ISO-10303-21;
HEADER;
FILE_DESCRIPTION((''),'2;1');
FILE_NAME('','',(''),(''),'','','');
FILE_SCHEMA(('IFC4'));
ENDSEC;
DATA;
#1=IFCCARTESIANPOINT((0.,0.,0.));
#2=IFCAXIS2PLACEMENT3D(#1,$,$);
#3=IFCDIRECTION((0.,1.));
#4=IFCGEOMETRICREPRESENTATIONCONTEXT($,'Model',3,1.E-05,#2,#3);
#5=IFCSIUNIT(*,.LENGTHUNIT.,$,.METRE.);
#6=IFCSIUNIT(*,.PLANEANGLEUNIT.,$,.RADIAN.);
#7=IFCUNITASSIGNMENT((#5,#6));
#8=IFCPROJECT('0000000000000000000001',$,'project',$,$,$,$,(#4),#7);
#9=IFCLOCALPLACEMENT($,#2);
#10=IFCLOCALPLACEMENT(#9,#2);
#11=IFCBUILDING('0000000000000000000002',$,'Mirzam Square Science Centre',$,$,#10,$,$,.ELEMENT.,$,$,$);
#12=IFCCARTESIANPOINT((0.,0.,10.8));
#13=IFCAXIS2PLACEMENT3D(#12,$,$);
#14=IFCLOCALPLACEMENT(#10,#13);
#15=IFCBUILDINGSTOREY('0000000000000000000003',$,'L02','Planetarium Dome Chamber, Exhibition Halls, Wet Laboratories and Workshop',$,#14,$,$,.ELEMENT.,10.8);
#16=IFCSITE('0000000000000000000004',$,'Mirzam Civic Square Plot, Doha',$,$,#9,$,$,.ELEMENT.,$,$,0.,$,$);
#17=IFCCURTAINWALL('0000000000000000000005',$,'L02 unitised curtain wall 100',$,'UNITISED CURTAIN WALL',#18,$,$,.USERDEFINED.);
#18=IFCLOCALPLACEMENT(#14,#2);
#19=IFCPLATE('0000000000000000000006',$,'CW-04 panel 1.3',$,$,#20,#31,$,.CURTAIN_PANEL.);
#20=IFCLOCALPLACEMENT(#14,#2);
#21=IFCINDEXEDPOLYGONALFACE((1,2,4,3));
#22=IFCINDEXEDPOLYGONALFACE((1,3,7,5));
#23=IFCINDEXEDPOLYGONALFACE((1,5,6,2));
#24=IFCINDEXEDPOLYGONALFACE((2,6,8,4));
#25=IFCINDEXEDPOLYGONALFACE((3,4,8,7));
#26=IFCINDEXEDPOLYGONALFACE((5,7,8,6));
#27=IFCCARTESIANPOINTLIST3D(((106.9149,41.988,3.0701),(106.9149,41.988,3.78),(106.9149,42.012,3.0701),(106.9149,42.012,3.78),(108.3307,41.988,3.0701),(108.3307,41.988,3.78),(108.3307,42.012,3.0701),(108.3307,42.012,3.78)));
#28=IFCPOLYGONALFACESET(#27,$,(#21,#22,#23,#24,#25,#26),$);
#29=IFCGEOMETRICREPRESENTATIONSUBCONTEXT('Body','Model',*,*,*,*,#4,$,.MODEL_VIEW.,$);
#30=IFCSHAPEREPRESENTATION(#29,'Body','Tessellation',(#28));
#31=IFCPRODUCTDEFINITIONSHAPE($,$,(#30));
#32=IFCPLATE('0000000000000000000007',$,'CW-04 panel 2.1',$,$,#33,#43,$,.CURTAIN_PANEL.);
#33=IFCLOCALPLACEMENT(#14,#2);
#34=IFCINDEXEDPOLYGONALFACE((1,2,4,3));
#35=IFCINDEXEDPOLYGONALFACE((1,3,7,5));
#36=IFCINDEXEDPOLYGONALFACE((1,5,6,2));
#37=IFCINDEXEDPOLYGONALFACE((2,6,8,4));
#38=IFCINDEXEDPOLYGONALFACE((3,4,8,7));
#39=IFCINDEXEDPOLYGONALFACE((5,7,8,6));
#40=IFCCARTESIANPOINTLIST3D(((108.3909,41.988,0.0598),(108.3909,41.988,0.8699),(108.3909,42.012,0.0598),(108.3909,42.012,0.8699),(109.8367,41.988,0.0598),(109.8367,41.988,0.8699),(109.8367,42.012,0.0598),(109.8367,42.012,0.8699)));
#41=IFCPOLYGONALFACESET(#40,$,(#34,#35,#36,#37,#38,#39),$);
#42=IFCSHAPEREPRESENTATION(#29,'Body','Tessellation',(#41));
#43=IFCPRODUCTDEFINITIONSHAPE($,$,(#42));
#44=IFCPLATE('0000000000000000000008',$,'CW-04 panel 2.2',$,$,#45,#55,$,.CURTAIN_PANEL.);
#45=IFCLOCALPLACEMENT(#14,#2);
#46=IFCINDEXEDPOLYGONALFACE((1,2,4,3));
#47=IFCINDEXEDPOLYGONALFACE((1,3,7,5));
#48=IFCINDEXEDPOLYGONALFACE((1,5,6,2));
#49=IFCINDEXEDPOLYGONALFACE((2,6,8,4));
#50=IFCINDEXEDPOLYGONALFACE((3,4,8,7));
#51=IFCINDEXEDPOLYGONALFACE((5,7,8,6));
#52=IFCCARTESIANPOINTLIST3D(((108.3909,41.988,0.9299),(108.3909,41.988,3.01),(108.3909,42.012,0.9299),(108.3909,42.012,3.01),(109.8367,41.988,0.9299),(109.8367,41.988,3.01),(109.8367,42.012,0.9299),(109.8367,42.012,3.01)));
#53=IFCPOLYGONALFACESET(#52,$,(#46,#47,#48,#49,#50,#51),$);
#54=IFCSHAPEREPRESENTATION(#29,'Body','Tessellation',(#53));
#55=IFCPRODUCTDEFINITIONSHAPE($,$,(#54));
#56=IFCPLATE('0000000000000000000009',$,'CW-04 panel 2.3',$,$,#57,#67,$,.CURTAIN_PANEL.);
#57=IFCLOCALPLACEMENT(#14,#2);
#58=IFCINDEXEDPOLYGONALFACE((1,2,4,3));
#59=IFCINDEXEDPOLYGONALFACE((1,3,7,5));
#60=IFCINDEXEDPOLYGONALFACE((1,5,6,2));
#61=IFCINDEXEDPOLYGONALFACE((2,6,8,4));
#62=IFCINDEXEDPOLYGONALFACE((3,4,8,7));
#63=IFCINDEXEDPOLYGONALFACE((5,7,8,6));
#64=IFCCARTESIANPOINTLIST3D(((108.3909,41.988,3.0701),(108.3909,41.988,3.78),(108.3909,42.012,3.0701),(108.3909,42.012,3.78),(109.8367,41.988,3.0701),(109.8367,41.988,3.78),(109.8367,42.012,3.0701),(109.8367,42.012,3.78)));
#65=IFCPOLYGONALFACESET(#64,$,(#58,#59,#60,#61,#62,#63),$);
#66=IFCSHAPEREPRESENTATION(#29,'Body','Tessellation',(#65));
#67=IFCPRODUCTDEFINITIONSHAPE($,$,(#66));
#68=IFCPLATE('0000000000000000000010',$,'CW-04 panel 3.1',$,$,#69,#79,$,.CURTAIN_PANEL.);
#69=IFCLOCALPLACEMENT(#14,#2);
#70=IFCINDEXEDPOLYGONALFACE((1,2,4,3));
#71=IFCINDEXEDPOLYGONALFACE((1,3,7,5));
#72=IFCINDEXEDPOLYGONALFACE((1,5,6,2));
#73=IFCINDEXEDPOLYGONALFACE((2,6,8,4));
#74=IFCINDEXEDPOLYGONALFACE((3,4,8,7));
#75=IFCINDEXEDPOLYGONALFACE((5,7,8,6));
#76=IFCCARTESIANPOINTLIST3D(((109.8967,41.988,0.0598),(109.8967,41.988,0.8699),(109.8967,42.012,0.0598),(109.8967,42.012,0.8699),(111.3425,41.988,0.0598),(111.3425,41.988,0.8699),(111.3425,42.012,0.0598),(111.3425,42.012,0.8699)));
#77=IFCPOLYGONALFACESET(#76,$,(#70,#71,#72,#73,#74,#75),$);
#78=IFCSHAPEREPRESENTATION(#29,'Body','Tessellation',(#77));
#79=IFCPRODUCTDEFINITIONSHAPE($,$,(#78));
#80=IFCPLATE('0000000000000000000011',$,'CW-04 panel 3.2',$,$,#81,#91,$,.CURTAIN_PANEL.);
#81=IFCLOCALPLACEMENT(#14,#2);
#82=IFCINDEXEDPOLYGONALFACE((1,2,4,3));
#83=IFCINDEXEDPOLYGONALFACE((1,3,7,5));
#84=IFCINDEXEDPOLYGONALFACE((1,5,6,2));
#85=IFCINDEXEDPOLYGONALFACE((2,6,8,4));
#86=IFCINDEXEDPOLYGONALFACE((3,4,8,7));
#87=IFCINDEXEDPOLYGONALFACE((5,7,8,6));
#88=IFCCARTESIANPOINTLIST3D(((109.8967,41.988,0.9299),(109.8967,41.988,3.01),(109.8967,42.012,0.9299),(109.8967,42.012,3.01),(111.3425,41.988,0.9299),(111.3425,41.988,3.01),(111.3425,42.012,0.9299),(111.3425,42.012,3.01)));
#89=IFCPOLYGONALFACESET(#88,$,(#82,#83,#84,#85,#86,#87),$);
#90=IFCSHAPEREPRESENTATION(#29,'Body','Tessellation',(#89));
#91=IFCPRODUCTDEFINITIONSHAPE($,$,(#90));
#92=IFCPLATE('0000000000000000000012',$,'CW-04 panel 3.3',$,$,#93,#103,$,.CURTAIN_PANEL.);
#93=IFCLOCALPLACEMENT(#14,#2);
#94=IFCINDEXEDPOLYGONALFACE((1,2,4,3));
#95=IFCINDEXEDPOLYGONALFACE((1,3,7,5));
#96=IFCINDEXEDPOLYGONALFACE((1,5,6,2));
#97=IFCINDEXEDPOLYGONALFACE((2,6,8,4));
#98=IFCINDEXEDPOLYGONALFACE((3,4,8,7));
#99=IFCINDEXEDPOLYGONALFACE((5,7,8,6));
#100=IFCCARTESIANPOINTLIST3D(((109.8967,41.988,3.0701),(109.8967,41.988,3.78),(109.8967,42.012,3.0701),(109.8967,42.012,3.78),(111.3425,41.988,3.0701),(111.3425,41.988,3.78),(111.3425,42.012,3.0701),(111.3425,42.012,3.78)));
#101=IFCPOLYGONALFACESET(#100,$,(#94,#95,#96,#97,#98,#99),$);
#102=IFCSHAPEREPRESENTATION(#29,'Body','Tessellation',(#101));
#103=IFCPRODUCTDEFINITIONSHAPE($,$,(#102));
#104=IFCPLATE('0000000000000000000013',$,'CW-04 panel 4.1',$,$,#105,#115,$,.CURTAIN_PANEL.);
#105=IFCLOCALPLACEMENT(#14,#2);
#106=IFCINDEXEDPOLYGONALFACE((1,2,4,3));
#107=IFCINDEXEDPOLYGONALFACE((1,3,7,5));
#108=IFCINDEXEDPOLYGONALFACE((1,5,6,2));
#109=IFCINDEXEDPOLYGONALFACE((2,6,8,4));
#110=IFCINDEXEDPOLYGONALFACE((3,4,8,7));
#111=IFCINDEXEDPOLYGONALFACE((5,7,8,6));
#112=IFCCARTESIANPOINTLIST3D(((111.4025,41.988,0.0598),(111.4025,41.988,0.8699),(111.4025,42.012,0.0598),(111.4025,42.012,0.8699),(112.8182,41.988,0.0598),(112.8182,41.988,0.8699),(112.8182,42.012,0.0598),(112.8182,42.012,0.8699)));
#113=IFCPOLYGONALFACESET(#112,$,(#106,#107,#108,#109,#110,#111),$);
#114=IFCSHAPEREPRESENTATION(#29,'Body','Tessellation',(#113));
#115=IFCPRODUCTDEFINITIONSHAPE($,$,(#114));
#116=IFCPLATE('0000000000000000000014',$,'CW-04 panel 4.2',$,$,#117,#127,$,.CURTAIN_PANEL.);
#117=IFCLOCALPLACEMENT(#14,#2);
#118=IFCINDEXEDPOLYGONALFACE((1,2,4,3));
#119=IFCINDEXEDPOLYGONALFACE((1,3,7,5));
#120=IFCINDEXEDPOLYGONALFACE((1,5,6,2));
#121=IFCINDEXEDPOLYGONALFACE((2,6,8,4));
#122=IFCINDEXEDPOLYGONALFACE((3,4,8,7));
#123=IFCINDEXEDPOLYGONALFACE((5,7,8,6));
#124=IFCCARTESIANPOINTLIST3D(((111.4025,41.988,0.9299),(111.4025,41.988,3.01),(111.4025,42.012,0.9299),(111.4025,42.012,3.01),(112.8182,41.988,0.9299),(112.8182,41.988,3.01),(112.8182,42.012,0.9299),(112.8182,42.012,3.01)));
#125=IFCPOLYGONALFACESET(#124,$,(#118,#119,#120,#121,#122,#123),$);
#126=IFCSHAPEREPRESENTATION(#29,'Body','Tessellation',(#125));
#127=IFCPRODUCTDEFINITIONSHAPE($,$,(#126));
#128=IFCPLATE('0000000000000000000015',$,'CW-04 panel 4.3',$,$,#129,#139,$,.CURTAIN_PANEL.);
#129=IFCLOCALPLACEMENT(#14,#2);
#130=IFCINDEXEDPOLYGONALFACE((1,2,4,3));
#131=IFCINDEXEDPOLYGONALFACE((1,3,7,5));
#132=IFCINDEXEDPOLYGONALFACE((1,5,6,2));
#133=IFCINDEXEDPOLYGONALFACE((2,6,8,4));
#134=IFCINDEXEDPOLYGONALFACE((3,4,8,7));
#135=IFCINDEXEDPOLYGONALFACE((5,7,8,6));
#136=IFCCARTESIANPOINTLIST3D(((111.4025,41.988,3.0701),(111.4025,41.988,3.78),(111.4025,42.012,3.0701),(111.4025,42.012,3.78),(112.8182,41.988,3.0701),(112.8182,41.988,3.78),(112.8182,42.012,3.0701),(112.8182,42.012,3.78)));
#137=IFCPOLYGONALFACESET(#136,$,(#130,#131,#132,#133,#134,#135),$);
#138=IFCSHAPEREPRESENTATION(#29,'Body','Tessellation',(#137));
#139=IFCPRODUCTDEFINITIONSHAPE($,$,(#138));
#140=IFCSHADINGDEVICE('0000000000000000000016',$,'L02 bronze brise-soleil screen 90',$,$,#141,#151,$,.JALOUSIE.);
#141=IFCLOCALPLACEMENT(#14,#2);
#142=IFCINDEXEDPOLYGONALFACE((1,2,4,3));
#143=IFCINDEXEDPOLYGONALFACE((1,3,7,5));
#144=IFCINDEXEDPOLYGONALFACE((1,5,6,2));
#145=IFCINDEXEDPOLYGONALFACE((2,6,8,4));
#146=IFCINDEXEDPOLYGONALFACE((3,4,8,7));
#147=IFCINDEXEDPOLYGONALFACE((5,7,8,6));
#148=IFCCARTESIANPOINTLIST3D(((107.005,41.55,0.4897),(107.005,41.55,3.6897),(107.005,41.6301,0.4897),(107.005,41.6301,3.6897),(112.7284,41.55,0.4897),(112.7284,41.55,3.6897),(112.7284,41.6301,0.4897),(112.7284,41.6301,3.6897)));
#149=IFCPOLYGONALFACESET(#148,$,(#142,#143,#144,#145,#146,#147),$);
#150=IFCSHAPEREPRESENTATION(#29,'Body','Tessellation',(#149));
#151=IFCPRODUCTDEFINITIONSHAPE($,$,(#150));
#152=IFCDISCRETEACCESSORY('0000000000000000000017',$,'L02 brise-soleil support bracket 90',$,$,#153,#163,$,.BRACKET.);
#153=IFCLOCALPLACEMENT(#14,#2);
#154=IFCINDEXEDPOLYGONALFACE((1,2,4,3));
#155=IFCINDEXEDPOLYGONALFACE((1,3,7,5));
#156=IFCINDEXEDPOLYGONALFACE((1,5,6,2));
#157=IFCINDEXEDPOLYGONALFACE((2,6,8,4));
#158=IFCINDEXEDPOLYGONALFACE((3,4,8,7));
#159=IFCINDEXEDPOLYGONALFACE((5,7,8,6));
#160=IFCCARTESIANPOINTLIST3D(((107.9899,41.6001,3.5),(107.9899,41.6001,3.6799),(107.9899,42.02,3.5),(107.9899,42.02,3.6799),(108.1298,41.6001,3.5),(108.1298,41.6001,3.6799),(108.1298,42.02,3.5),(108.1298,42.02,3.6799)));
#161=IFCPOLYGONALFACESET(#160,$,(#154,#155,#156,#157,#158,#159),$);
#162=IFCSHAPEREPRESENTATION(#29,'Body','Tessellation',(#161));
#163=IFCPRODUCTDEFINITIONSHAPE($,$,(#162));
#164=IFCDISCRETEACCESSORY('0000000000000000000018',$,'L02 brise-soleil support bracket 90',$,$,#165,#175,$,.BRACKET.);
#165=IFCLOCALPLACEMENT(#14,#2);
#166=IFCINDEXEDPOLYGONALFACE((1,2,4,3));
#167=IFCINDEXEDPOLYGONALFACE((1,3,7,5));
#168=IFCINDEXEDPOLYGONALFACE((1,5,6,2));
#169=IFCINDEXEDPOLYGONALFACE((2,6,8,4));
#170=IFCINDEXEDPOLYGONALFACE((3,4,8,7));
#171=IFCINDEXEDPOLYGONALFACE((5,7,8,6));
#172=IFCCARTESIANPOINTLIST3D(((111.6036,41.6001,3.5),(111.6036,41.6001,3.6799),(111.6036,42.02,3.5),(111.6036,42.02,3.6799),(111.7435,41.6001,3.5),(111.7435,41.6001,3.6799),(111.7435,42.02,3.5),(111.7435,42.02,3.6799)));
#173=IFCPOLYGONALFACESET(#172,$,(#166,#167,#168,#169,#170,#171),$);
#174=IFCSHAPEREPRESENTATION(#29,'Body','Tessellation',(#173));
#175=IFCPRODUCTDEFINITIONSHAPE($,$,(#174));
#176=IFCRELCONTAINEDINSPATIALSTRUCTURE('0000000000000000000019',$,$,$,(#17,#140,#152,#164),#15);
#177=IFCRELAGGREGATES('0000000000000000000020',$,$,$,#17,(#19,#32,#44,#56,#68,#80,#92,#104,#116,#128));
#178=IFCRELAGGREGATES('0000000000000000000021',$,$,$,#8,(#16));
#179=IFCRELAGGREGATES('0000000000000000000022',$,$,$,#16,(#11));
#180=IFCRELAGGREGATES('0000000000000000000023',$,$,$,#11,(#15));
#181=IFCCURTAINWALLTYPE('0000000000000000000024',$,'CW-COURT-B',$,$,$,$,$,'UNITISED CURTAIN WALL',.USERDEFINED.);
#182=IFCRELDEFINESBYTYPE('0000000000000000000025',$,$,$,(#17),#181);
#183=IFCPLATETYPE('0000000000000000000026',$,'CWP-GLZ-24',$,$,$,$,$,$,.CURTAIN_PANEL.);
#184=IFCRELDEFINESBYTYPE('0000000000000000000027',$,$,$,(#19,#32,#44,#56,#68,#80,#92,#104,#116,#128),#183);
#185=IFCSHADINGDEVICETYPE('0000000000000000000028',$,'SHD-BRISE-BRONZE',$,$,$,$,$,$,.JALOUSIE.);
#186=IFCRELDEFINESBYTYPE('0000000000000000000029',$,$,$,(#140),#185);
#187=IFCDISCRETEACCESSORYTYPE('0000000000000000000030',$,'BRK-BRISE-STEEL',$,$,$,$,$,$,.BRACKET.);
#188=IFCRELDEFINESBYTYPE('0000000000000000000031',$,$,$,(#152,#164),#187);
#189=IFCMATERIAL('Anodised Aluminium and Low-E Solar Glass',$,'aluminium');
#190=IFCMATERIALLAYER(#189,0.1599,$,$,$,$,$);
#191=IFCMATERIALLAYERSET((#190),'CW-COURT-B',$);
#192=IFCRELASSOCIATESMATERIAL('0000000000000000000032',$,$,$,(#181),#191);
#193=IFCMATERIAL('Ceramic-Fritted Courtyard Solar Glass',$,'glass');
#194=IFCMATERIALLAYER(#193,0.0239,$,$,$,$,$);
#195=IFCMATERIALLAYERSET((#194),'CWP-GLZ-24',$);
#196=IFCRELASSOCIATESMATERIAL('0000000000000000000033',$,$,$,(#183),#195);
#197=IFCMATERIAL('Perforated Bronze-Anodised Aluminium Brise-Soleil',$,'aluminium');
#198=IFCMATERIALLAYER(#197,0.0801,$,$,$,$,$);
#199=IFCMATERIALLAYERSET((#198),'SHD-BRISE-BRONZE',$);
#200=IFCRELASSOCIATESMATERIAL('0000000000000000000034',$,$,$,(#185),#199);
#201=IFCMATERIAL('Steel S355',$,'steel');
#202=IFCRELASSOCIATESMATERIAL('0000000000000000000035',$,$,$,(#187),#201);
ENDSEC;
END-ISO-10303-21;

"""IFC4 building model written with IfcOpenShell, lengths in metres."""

from ifc_helpers import new_model, si_unit, direction, frame, origin, origin_2d, place, context, subcontext, project, spatial, rectangle, extrude, material, layer, layer_set, type_object, element, aggregate, save


model = new_model("IFC4")

# Units and contexts
model_context = context("Model", 3, precision=1e-05, world=origin(), true_north=direction((0.0, 1.0)))
body_context = subcontext(model_context, "Body", "Model", "MODEL_VIEW")
ifc_project = project(units=[si_unit("LENGTHUNIT", "METRE"), si_unit("PLANEANGLEUNIT", "RADIAN")], contexts=[model_context])

# Site, building, storey
site_placement = place(None, origin())
site = spatial("IfcSite", under=ifc_project, at=site_placement, Name="Mirzam Civic Square Plot, Doha", CompositionType="ELEMENT", RefElevation=0.0)
building_placement = place(site_placement, origin())
building = spatial("IfcBuilding", under=site, at=building_placement, Name="Mirzam Square Science Centre", CompositionType="ELEMENT")
storey_placement = place(building_placement, frame((0.0, 0.0, 10.8)))
storey = spatial("IfcBuildingStorey", under=building, at=storey_placement, Name="L02", Description="Planetarium Dome Chamber, Exhibition Halls, Wet Laboratories and Workshop", CompositionType="ELEMENT", Elevation=10.8)

# Shared definitions
ifc_material_1 = material(Name="Steel S355", Category="steel")

# Curtain wall, plates
ifc_material_2 = material(Name="Anodised Aluminium and Low-E Solar Glass", Category="aluminium")
ifc_layer_1 = layer(ifc_material_2, 0.1599)
ifc_layer_set_1 = layer_set([ifc_layer_1], Name="CW-COURT-B")
curtain_wall_type = type_object("IfcCurtainWallType", Name="CW-COURT-B", ElementType="UNITISED CURTAIN WALL", PredefinedType="USERDEFINED", material=ifc_layer_set_1)
curtain_wall_placement = place(storey_placement, origin())
curtain_wall = element("IfcCurtainWall", 1, at=curtain_wall_placement, inside=storey, type_object=curtain_wall_type, Name="L02 unitised curtain wall 100", ObjectType="UNITISED CURTAIN WALL", PredefinedType="USERDEFINED")
ifc_material_3 = material(Name="Ceramic-Fritted Courtyard Solar Glass", Category="glass")
ifc_layer_2 = layer(ifc_material_3, 0.0239)
ifc_layer_set_2 = layer_set([ifc_layer_2], Name="CWP-GLZ-24")
plate_type = type_object("IfcPlateType", Name="CWP-GLZ-24", PredefinedType="CURTAIN_PANEL", material=ifc_layer_set_2)
plate_1_placement = place(storey_placement, frame((107.6228, 42.0, 3.0701), z_axis=(0.0, 0.0, 1.0), x_axis=(1.0, 0.0, 0.0)))
plate_1 = element("IfcPlate", 2, at=plate_1_placement, type_object=plate_type, Name="CW-04 panel 1.3", PredefinedType="CURTAIN_PANEL", context=body_context, shape_type="SweptSolid", body=[
    extrude(rectangle(XDim=1.4158, YDim=0.0239, at=origin_2d()), origin(), (0.0, 0.0, 1.0), 0.71),
])
plate_2_placement = place(storey_placement, frame((109.1138, 42.0, 0.0598), z_axis=(0.0, 0.0, 1.0), x_axis=(1.0, 0.0, 0.0)))
plate_2 = element("IfcPlate", 3, at=plate_2_placement, type_object=plate_type, Name="CW-04 panel 2.1", PredefinedType="CURTAIN_PANEL", context=body_context, shape_type="SweptSolid", body=[
    extrude(rectangle(XDim=1.4458, YDim=0.0239, at=origin_2d()), origin(), (0.0, 0.0, 1.0), 0.8101),
])
plate_3_placement = place(storey_placement, frame((109.1138, 42.0, 0.9299), z_axis=(0.0, 0.0, 1.0), x_axis=(1.0, 0.0, 0.0)))
plate_3 = element("IfcPlate", 4, at=plate_3_placement, type_object=plate_type, Name="CW-04 panel 2.2", PredefinedType="CURTAIN_PANEL", context=body_context, shape_type="SweptSolid", body=[
    extrude(rectangle(XDim=1.4458, YDim=0.0239, at=origin_2d()), origin(), (0.0, 0.0, 1.0), 2.0801),
])
plate_4_placement = place(storey_placement, frame((109.1138, 42.0, 3.0701), z_axis=(0.0, 0.0, 1.0), x_axis=(1.0, 0.0, 0.0)))
plate_4 = element("IfcPlate", 5, at=plate_4_placement, type_object=plate_type, Name="CW-04 panel 2.3", PredefinedType="CURTAIN_PANEL", context=body_context, shape_type="SweptSolid", body=[
    extrude(rectangle(XDim=1.4458, YDim=0.0239, at=origin_2d()), origin(), (0.0, 0.0, 1.0), 0.71),
])
plate_5_placement = place(storey_placement, frame((110.6196, 42.0, 0.0598), z_axis=(0.0, 0.0, 1.0), x_axis=(1.0, 0.0, 0.0)))
plate_5 = element("IfcPlate", 6, at=plate_5_placement, type_object=plate_type, Name="CW-04 panel 3.1", PredefinedType="CURTAIN_PANEL", context=body_context, shape_type="SweptSolid", body=[
    extrude(rectangle(XDim=1.4458, YDim=0.0239, at=origin_2d()), origin(), (0.0, 0.0, 1.0), 0.8101),
])
plate_6_placement = place(storey_placement, frame((110.6196, 42.0, 0.9299), z_axis=(0.0, 0.0, 1.0), x_axis=(1.0, 0.0, 0.0)))
plate_6 = element("IfcPlate", 7, at=plate_6_placement, type_object=plate_type, Name="CW-04 panel 3.2", PredefinedType="CURTAIN_PANEL", context=body_context, shape_type="SweptSolid", body=[
    extrude(rectangle(XDim=1.4458, YDim=0.0239, at=origin_2d()), origin(), (0.0, 0.0, 1.0), 2.0801),
])
plate_7_placement = place(storey_placement, frame((110.6196, 42.0, 3.0701), z_axis=(0.0, 0.0, 1.0), x_axis=(1.0, 0.0, 0.0)))
plate_7 = element("IfcPlate", 8, at=plate_7_placement, type_object=plate_type, Name="CW-04 panel 3.3", PredefinedType="CURTAIN_PANEL", context=body_context, shape_type="SweptSolid", body=[
    extrude(rectangle(XDim=1.4458, YDim=0.0239, at=origin_2d()), origin(), (0.0, 0.0, 1.0), 0.71),
])
plate_8_placement = place(storey_placement, frame((112.1104, 42.0, 0.0598), z_axis=(0.0, 0.0, 1.0), x_axis=(1.0, 0.0, 0.0)))
plate_8 = element("IfcPlate", 9, at=plate_8_placement, type_object=plate_type, Name="CW-04 panel 4.1", PredefinedType="CURTAIN_PANEL", context=body_context, shape_type="SweptSolid", body=[
    extrude(rectangle(XDim=1.4158, YDim=0.0239, at=origin_2d()), origin(), (0.0, 0.0, 1.0), 0.8101),
])
plate_9_placement = place(storey_placement, frame((112.1104, 42.0, 0.9299), z_axis=(0.0, 0.0, 1.0), x_axis=(1.0, 0.0, 0.0)))
plate_9 = element("IfcPlate", 10, at=plate_9_placement, type_object=plate_type, Name="CW-04 panel 4.2", PredefinedType="CURTAIN_PANEL", context=body_context, shape_type="SweptSolid", body=[
    extrude(rectangle(XDim=1.4158, YDim=0.0239, at=origin_2d()), origin(), (0.0, 0.0, 1.0), 2.0801),
])
plate_10_placement = place(storey_placement, frame((112.1104, 42.0, 3.0701), z_axis=(0.0, 0.0, 1.0), x_axis=(1.0, 0.0, 0.0)))
plate_10 = element("IfcPlate", 11, at=plate_10_placement, type_object=plate_type, Name="CW-04 panel 4.3", PredefinedType="CURTAIN_PANEL", context=body_context, shape_type="SweptSolid", body=[
    extrude(rectangle(XDim=1.4158, YDim=0.0239, at=origin_2d()), origin(), (0.0, 0.0, 1.0), 0.71),
])
aggregate(curtain_wall, [plate_1, plate_2, plate_3, plate_4, plate_5, plate_6, plate_7, plate_8, plate_9, plate_10])

# Shading device
ifc_material_4 = material(Name="Perforated Bronze-Anodised Aluminium Brise-Soleil", Category="aluminium")
ifc_layer_3 = layer(ifc_material_4, 0.0801)
ifc_layer_set_3 = layer_set([ifc_layer_3], Name="SHD-BRISE-BRONZE")
shading_device_type = type_object("IfcShadingDeviceType", Name="SHD-BRISE-BRONZE", PredefinedType="JALOUSIE", material=ifc_layer_set_3)
shading_device_placement = place(storey_placement, frame((109.8667, 41.5901, 0.4897), z_axis=(0.0, 0.0, 1.0), x_axis=(1.0, 0.0, 0.0)))
element("IfcShadingDevice", 12, at=shading_device_placement, inside=storey, type_object=shading_device_type, Name="L02 bronze brise-soleil screen 90", PredefinedType="JALOUSIE", context=body_context, shape_type="SweptSolid", body=[
    extrude(rectangle(XDim=5.7234, YDim=0.0801, at=origin_2d()), origin(), (0.0, 0.0, 1.0), 3.2),
])

# Discrete accessories
discrete_accessory_type = type_object("IfcDiscreteAccessoryType", Name="BRK-BRISE-STEEL", PredefinedType="BRACKET", material=ifc_material_1)
for number, where, z_axis, x_axis, name in (
    (13, (108.0598, 41.8101, 3.5), (0.0, 0.0, 1.0), (1.0, 0.0, 0.0), "L02 brise-soleil support bracket 90"),
    (14, (111.6736, 41.8101, 3.5), (0.0, 0.0, 1.0), (1.0, 0.0, 0.0), "L02 brise-soleil support bracket 90"),
):
    element("IfcDiscreteAccessory", number, at=place(storey_placement, frame(where, z_axis=z_axis, x_axis=x_axis)), inside=storey, type_object=discrete_accessory_type, Name=name, PredefinedType="BRACKET", context=body_context, shape_type="SweptSolid", body=[
        extrude(rectangle(XDim=0.1399, YDim=0.4199, at=origin_2d()), origin(), (0.0, 0.0, 1.0), 0.1799),
    ])

save(model, "model.ifc")
